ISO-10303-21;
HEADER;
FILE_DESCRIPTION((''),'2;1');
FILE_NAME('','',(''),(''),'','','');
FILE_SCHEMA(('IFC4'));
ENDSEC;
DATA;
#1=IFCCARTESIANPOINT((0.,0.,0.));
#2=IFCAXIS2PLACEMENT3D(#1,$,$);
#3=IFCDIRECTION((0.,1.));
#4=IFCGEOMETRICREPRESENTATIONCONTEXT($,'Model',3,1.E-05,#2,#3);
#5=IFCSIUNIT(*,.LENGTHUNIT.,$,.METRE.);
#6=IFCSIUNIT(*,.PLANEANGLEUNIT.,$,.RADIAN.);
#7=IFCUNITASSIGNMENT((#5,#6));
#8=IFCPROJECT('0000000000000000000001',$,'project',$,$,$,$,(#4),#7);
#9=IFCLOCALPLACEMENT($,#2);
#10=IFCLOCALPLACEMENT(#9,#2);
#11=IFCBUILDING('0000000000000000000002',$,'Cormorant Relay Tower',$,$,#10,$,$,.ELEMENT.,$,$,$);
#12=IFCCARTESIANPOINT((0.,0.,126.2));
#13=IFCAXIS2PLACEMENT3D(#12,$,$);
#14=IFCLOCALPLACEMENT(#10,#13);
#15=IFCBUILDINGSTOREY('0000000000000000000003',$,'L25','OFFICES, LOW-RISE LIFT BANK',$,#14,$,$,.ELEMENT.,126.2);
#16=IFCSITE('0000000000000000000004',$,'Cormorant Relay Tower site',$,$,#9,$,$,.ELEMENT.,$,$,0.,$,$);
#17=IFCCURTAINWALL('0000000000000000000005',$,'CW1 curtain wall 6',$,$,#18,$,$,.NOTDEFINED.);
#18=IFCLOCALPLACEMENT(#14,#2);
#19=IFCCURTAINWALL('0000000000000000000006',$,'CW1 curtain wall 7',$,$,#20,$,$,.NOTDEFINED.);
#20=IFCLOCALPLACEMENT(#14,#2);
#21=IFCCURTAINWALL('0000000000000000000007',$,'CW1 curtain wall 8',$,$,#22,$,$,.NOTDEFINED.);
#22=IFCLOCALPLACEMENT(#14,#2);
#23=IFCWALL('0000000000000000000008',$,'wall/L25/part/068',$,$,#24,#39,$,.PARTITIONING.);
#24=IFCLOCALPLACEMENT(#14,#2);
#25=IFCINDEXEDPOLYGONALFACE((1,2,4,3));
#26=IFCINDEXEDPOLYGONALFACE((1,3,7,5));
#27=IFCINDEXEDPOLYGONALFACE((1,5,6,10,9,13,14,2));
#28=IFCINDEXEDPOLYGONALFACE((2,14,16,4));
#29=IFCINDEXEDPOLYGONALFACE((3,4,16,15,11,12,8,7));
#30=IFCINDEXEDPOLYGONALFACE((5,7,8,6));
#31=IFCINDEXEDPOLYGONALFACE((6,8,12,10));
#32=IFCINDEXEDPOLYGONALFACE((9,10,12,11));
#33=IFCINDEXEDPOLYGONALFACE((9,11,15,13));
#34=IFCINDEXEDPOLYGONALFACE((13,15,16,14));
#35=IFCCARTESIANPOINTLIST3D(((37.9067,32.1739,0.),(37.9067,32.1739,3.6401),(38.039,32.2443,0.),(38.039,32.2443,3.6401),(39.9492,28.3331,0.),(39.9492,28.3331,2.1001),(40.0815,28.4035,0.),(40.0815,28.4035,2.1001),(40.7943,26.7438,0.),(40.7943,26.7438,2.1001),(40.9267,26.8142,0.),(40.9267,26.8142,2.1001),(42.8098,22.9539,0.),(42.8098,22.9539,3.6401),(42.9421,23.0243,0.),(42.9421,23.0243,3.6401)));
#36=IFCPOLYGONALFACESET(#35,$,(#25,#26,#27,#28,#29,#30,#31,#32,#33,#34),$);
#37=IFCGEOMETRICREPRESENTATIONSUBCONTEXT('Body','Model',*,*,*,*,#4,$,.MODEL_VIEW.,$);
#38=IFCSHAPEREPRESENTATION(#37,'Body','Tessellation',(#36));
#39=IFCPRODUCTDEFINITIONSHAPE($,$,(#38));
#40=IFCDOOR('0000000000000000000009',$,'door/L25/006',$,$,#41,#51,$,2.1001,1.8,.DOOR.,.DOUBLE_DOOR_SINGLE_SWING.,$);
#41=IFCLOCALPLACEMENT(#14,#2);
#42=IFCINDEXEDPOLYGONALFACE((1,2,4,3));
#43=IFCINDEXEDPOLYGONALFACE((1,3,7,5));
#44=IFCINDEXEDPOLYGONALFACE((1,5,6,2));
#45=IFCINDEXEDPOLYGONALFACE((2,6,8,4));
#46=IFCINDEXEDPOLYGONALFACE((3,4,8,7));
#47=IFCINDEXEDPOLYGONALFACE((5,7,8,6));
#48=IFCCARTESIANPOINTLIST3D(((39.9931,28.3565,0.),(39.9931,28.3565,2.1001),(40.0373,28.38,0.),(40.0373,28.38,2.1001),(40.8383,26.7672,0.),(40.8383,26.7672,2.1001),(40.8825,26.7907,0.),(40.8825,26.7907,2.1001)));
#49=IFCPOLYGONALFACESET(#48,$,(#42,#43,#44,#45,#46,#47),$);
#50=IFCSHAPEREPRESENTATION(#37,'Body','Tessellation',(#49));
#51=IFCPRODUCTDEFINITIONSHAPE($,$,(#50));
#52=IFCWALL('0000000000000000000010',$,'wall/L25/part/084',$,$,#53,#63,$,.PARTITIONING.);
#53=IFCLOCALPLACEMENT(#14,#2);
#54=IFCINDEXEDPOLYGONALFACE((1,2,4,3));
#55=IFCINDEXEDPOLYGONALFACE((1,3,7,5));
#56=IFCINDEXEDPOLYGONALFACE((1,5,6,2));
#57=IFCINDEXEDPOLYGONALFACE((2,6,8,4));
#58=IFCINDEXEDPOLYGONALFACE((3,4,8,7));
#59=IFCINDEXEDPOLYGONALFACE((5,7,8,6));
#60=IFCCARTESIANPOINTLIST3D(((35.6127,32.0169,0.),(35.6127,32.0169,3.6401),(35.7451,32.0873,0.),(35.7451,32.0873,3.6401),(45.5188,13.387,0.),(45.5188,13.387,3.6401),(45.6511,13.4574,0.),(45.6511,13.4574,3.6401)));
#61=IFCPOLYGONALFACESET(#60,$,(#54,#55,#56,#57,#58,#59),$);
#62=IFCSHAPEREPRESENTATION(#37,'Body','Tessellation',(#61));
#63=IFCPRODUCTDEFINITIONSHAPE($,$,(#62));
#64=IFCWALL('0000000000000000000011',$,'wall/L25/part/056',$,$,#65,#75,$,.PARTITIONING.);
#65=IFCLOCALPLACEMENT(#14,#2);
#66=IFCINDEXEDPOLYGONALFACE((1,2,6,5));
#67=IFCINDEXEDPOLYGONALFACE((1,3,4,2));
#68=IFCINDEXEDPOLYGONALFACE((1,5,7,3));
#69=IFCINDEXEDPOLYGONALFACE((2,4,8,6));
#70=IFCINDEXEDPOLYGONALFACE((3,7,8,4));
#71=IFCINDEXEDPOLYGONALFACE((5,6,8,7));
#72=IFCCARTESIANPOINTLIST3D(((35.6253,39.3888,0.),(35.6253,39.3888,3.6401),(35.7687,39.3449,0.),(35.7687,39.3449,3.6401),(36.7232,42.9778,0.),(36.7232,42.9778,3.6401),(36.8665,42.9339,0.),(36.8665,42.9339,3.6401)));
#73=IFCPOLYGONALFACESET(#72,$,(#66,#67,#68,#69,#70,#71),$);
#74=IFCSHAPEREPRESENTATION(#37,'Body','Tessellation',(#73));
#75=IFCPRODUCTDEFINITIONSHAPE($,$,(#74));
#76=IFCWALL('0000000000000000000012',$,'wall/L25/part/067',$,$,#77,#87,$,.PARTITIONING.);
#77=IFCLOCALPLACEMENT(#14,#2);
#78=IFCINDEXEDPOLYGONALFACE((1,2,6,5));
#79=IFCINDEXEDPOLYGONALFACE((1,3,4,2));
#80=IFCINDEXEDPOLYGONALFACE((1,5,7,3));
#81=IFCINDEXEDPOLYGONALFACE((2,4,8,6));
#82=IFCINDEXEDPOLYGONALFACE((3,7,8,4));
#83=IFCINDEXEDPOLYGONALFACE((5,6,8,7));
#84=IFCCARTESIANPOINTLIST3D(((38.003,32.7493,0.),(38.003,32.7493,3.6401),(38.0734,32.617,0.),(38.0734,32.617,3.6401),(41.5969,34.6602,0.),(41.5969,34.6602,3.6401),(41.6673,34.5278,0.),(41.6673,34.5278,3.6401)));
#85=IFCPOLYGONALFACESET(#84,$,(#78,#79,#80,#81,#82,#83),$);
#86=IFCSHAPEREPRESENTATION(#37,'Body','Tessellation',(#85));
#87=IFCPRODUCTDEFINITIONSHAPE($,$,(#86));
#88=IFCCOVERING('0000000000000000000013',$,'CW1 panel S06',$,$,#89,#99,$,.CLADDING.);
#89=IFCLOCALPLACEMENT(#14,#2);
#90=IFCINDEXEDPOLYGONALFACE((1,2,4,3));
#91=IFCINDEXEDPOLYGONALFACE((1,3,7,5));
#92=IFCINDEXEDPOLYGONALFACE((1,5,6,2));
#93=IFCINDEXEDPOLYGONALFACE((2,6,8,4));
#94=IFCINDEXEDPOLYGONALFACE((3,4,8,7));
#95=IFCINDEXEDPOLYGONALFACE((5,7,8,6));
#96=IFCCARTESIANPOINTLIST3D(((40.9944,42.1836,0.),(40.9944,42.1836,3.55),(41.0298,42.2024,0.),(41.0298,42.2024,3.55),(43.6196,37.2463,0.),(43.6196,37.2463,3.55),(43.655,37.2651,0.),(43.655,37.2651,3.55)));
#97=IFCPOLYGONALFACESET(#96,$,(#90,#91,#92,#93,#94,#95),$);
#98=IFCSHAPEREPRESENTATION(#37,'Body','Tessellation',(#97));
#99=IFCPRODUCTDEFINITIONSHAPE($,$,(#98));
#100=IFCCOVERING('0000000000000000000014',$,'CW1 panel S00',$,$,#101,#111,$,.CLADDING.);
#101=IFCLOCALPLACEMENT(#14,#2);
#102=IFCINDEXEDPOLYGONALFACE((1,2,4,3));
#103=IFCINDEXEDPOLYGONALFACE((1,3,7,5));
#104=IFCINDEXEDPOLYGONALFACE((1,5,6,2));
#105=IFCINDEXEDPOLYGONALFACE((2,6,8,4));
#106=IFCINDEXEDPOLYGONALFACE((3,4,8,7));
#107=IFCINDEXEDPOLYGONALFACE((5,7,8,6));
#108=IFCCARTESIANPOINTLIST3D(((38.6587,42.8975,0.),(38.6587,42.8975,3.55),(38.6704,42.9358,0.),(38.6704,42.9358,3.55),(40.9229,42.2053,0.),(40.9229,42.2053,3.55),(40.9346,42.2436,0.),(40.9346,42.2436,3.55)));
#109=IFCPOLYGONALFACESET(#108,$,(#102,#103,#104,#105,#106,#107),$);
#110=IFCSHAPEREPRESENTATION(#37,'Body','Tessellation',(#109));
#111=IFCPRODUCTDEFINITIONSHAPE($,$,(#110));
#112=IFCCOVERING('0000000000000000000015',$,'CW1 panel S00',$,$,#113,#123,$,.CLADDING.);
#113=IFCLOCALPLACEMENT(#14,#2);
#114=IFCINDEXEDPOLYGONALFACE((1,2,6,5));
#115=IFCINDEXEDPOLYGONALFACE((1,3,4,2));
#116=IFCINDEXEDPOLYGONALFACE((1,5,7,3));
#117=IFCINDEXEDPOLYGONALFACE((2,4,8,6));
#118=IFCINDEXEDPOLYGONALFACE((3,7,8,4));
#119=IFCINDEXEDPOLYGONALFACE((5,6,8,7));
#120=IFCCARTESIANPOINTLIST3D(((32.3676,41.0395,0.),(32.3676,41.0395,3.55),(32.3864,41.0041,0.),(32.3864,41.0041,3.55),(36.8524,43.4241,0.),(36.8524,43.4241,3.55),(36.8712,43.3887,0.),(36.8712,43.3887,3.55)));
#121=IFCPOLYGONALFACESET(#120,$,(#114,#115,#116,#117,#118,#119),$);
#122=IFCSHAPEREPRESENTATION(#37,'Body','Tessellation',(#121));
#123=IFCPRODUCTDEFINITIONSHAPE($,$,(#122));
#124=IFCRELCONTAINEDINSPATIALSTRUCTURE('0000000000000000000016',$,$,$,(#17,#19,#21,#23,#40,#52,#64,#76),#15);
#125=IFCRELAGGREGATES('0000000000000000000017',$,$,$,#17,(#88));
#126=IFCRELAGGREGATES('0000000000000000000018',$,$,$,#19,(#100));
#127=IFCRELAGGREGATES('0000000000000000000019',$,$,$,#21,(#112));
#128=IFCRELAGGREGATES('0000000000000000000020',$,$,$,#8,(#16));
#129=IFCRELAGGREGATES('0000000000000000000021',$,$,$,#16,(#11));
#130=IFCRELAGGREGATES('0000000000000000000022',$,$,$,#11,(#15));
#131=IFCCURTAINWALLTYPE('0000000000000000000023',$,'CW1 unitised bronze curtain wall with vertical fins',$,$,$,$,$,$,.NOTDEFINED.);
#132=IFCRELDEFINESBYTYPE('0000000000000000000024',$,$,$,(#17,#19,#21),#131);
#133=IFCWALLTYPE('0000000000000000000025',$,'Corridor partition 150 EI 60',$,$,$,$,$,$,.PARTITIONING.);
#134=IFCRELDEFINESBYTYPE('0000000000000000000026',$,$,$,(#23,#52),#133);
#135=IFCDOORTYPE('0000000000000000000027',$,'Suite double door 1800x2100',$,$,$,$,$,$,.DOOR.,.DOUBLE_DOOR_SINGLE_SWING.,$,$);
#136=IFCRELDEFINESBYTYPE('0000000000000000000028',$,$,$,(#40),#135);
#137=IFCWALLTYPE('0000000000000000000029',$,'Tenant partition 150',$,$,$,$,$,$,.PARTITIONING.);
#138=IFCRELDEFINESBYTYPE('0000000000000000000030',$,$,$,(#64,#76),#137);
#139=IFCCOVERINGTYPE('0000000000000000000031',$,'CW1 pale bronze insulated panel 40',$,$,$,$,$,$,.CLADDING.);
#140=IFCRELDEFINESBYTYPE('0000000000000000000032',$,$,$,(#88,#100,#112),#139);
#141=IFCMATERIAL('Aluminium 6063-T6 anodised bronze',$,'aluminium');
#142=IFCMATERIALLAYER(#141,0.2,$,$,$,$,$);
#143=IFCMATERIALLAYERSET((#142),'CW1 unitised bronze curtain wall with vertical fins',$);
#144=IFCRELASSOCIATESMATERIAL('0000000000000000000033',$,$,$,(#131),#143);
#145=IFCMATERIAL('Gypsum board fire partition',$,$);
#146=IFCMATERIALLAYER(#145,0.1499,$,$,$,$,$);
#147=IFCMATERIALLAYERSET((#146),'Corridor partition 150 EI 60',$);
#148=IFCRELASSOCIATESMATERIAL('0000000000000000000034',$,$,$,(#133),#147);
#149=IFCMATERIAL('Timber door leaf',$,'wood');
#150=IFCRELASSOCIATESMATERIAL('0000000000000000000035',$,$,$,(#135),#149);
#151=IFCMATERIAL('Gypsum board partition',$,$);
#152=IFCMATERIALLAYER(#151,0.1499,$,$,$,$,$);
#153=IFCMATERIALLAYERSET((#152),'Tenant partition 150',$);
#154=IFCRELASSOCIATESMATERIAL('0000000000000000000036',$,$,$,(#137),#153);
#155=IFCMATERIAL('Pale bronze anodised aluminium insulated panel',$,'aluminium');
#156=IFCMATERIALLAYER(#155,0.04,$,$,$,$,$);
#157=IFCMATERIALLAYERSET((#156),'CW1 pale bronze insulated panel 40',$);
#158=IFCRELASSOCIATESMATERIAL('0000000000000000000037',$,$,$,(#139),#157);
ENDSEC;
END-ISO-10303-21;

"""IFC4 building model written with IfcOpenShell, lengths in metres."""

from ifc_helpers import new_model, si_unit, direction, frame, frame_2d, origin, origin_2d, place, context, subcontext, project, spatial, rectangle, extrude, material, layer, layer_set, type_object, element, fill, aggregate, save


model = new_model("IFC4")

# Units and contexts
model_context = context("Model", 3, precision=1e-05, world=origin(), true_north=direction((0.0, 1.0)))
body_context = subcontext(model_context, "Body", "Model", "MODEL_VIEW")
ifc_project = project(units=[si_unit("LENGTHUNIT", "METRE"), si_unit("PLANEANGLEUNIT", "RADIAN")], contexts=[model_context])

# Site, building, storey
site_placement = place(None, origin())
site = spatial("IfcSite", under=ifc_project, at=site_placement, Name="Cormorant Relay Tower site", CompositionType="ELEMENT", RefElevation=0.0)
building_placement = place(site_placement, origin())
building = spatial("IfcBuilding", under=site, at=building_placement, Name="Cormorant Relay Tower", CompositionType="ELEMENT")
storey_placement = place(building_placement, frame((0.0, 0.0, 126.2)))
storey = spatial("IfcBuildingStorey", under=building, at=storey_placement, Name="L25", Description="OFFICES, LOW-RISE LIFT BANK", CompositionType="ELEMENT", Elevation=126.2)

# Curtain wall
ifc_material_1 = material(Name="Aluminium 6063-T6 anodised bronze", Category="aluminium")
ifc_layer_1 = layer(ifc_material_1, 0.2)
ifc_layer_set_1 = layer_set([ifc_layer_1], Name="CW1 unitised bronze curtain wall with vertical fins")
curtain_wall_type = type_object("IfcCurtainWallType", Name="CW1 unitised bronze curtain wall with vertical fins", PredefinedType="NOTDEFINED", material=ifc_layer_set_1)
curtain_wall_1_placement = place(storey_placement, origin())
curtain_wall_1 = element("IfcCurtainWall", 1, at=curtain_wall_1_placement, inside=storey, type_object=curtain_wall_type, Name="CW1 curtain wall 6", PredefinedType="NOTDEFINED")

# Curtain wall
curtain_wall_2_placement = place(storey_placement, origin())
curtain_wall_2 = element("IfcCurtainWall", 2, at=curtain_wall_2_placement, inside=storey, type_object=curtain_wall_type, Name="CW1 curtain wall 7", PredefinedType="NOTDEFINED")

# Curtain wall
curtain_wall_3_placement = place(storey_placement, origin())
curtain_wall_3 = element("IfcCurtainWall", 3, at=curtain_wall_3_placement, inside=storey, type_object=curtain_wall_type, Name="CW1 curtain wall 8", PredefinedType="NOTDEFINED")

# Shared definitions
ifc_material_2 = material(Name="Gypsum board fire partition")
ifc_layer_2 = layer(ifc_material_2, 0.1499)
ifc_layer_set_2 = layer_set([ifc_layer_2], Name="Corridor partition 150 EI 60")
wall_type_1 = type_object("IfcWallType", Name="Corridor partition 150 EI 60", PredefinedType="PARTITIONING", material=ifc_layer_set_2)

# Wall, opening, door
ifc_material_3 = material(Name="Timber door leaf", Category="wood")
door_type = type_object("IfcDoorType", Name="Suite double door 1800x2100", OperationType="DOUBLE_DOOR_SINGLE_SWING", PredefinedType="DOOR", material=ifc_material_3)
wall_1_placement = place(storey_placement, frame((37.9729, 32.209, 0.0), z_axis=(0.0, 0.0, 1.0), x_axis=(0.469526, -0.882919, 0.0)))
wall_1 = element("IfcWall", 4, at=wall_1_placement, inside=storey, type_object=wall_type_1, Name="wall/L25/part/068", PredefinedType="PARTITIONING", context=body_context, shape_type="SweptSolid", body=[
    extrude(rectangle(XDim=10.4426, YDim=0.1499, at=frame_2d((5.2212, 0.0))), origin(), (0.0, 0.0, 1.0), 3.6401),
])
opening_1_placement = place(wall_1_placement, frame((4.3501, 0.0, 0.0)))
opening_1 = element("IfcOpeningElement", 5, at=opening_1_placement, cuts=wall_1, PredefinedType="OPENING", context=body_context, shape_type="SweptSolid", body=[
    extrude(rectangle(XDim=1.8, YDim=2.1001, at=frame_2d((0.8999, 1.05))), frame((0.0, 0.085, 0.0), z_axis=(0.0, -1.0, 0.0), x_axis=(1.0, 0.0, 0.0)), (0.0, 0.0, 1.0), 0.1699),
])
door_1_placement = place(opening_1_placement, origin())
door_1 = element("IfcDoor", 6, at=door_1_placement, inside=storey, type_object=door_type, Name="door/L25/006", OperationType="DOUBLE_DOOR_SINGLE_SWING", OverallHeight=2.1001, OverallWidth=1.8, PredefinedType="DOOR", context=body_context, shape_type="SweptSolid", body=[
    extrude(rectangle(XDim=1.8, YDim=2.1001, at=frame_2d((0.8999, 1.05))), frame((0.0, 0.0249, 0.0), z_axis=(0.0, -1.0, 0.0), x_axis=(1.0, 0.0, 0.0)), (0.0, 0.0, 1.0), 0.05),
])
fill(opening_1, door_1)

# Walls
wall_2_placement = place(storey_placement, frame((35.679, 32.052, 0.0), z_axis=(0.0, 0.0, 1.0), x_axis=(0.469483, -0.882941, 0.0)))
element("IfcWall", 7, at=wall_2_placement, inside=storey, type_object=wall_type_1, Name="wall/L25/part/084", PredefinedType="PARTITIONING", context=body_context, shape_type="SweptSolid", body=[
    extrude(rectangle(XDim=21.0999, YDim=0.1499, at=frame_2d((10.5498, 0.0))), origin(), (0.0, 0.0, 1.0), 3.6401),
])
ifc_material_4 = material(Name="Gypsum board partition")
ifc_layer_3 = layer(ifc_material_4, 0.1499)
ifc_layer_set_3 = layer_set([ifc_layer_3], Name="Tenant partition 150")
wall_type_2 = type_object("IfcWallType", Name="Tenant partition 150", PredefinedType="PARTITIONING", material=ifc_layer_set_3)
wall_3_placement = place(storey_placement, frame((35.697, 39.3669, 0.0), z_axis=(0.0, 0.0, 1.0), x_axis=(0.292518, 0.95626, 0.0)))
element("IfcWall", 8, at=wall_3_placement, inside=storey, type_object=wall_type_2, Name="wall/L25/part/056", PredefinedType="PARTITIONING", context=body_context, shape_type="SweptSolid", body=[
    extrude(rectangle(XDim=3.7532, YDim=0.1499, at=frame_2d((1.8765, 0.0))), origin(), (0.0, 0.0, 1.0), 3.6401),
])
wall_4_placement = place(storey_placement, frame((41.6321, 34.594, 0.0), z_axis=(0.0, 0.0, 1.0), x_axis=(-0.882955, -0.469458, 0.0)))
element("IfcWall", 9, at=wall_4_placement, inside=storey, type_object=wall_type_2, Name="wall/L25/part/067", PredefinedType="PARTITIONING", context=body_context, shape_type="SweptSolid", body=[
    extrude(rectangle(XDim=4.0703, YDim=0.1499, at=frame_2d((2.0352, 0.0))), origin(), (0.0, 0.0, 1.0), 3.6401),
])

# Coverings
ifc_material_5 = material(Name="Pale bronze anodised aluminium insulated panel", Category="aluminium")
ifc_layer_4 = layer(ifc_material_5, 0.04)
ifc_layer_set_4 = layer_set([ifc_layer_4], Name="CW1 pale bronze insulated panel 40")
covering_type = type_object("IfcCoveringType", Name="CW1 pale bronze insulated panel 40", PredefinedType="CLADDING", material=ifc_layer_set_4)
covering_1_placement = place(storey_placement, frame((42.3247, 39.7244, 0.0), z_axis=(0.0, 0.0, 1.0), x_axis=(-0.469472, 0.882948, 0.0)))
covering_1 = element("IfcCovering", 10, at=covering_1_placement, type_object=covering_type, Name="CW1 panel S06", PredefinedType="CLADDING", context=body_context, shape_type="SweptSolid", body=[
    extrude(rectangle(XDim=5.5918, YDim=0.04, at=origin_2d()), origin(), (0.0, 0.0, 1.0), 3.55),
])
aggregate(curtain_wall_1, [covering_1])
covering_2_placement = place(storey_placement, frame((39.7966, 42.5706, 0.0), z_axis=(0.0, 0.0, 1.0), x_axis=(-0.956305, 0.292372, 0.0)))
covering_2 = element("IfcCovering", 11, at=covering_2_placement, type_object=covering_type, Name="CW1 panel S00", PredefinedType="CLADDING", context=body_context, shape_type="SweptSolid", body=[
    extrude(rectangle(XDim=2.3677, YDim=0.04, at=origin_2d()), origin(), (0.0, 0.0, 1.0), 3.55),
])
aggregate(curtain_wall_2, [covering_2])
covering_3_placement = place(storey_placement, frame((34.6194, 42.2141, 0.0), z_axis=(0.0, 0.0, 1.0), x_axis=(-0.882948, -0.469472, 0.0)))
covering_3 = element("IfcCovering", 12, at=covering_3_placement, type_object=covering_type, Name="CW1 panel S00", PredefinedType="CLADDING", context=body_context, shape_type="SweptSolid", body=[
    extrude(rectangle(XDim=5.0793, YDim=0.04, at=origin_2d()), origin(), (0.0, 0.0, 1.0), 3.55),
])
aggregate(curtain_wall_3, [covering_3])

save(model, "model.ifc")
